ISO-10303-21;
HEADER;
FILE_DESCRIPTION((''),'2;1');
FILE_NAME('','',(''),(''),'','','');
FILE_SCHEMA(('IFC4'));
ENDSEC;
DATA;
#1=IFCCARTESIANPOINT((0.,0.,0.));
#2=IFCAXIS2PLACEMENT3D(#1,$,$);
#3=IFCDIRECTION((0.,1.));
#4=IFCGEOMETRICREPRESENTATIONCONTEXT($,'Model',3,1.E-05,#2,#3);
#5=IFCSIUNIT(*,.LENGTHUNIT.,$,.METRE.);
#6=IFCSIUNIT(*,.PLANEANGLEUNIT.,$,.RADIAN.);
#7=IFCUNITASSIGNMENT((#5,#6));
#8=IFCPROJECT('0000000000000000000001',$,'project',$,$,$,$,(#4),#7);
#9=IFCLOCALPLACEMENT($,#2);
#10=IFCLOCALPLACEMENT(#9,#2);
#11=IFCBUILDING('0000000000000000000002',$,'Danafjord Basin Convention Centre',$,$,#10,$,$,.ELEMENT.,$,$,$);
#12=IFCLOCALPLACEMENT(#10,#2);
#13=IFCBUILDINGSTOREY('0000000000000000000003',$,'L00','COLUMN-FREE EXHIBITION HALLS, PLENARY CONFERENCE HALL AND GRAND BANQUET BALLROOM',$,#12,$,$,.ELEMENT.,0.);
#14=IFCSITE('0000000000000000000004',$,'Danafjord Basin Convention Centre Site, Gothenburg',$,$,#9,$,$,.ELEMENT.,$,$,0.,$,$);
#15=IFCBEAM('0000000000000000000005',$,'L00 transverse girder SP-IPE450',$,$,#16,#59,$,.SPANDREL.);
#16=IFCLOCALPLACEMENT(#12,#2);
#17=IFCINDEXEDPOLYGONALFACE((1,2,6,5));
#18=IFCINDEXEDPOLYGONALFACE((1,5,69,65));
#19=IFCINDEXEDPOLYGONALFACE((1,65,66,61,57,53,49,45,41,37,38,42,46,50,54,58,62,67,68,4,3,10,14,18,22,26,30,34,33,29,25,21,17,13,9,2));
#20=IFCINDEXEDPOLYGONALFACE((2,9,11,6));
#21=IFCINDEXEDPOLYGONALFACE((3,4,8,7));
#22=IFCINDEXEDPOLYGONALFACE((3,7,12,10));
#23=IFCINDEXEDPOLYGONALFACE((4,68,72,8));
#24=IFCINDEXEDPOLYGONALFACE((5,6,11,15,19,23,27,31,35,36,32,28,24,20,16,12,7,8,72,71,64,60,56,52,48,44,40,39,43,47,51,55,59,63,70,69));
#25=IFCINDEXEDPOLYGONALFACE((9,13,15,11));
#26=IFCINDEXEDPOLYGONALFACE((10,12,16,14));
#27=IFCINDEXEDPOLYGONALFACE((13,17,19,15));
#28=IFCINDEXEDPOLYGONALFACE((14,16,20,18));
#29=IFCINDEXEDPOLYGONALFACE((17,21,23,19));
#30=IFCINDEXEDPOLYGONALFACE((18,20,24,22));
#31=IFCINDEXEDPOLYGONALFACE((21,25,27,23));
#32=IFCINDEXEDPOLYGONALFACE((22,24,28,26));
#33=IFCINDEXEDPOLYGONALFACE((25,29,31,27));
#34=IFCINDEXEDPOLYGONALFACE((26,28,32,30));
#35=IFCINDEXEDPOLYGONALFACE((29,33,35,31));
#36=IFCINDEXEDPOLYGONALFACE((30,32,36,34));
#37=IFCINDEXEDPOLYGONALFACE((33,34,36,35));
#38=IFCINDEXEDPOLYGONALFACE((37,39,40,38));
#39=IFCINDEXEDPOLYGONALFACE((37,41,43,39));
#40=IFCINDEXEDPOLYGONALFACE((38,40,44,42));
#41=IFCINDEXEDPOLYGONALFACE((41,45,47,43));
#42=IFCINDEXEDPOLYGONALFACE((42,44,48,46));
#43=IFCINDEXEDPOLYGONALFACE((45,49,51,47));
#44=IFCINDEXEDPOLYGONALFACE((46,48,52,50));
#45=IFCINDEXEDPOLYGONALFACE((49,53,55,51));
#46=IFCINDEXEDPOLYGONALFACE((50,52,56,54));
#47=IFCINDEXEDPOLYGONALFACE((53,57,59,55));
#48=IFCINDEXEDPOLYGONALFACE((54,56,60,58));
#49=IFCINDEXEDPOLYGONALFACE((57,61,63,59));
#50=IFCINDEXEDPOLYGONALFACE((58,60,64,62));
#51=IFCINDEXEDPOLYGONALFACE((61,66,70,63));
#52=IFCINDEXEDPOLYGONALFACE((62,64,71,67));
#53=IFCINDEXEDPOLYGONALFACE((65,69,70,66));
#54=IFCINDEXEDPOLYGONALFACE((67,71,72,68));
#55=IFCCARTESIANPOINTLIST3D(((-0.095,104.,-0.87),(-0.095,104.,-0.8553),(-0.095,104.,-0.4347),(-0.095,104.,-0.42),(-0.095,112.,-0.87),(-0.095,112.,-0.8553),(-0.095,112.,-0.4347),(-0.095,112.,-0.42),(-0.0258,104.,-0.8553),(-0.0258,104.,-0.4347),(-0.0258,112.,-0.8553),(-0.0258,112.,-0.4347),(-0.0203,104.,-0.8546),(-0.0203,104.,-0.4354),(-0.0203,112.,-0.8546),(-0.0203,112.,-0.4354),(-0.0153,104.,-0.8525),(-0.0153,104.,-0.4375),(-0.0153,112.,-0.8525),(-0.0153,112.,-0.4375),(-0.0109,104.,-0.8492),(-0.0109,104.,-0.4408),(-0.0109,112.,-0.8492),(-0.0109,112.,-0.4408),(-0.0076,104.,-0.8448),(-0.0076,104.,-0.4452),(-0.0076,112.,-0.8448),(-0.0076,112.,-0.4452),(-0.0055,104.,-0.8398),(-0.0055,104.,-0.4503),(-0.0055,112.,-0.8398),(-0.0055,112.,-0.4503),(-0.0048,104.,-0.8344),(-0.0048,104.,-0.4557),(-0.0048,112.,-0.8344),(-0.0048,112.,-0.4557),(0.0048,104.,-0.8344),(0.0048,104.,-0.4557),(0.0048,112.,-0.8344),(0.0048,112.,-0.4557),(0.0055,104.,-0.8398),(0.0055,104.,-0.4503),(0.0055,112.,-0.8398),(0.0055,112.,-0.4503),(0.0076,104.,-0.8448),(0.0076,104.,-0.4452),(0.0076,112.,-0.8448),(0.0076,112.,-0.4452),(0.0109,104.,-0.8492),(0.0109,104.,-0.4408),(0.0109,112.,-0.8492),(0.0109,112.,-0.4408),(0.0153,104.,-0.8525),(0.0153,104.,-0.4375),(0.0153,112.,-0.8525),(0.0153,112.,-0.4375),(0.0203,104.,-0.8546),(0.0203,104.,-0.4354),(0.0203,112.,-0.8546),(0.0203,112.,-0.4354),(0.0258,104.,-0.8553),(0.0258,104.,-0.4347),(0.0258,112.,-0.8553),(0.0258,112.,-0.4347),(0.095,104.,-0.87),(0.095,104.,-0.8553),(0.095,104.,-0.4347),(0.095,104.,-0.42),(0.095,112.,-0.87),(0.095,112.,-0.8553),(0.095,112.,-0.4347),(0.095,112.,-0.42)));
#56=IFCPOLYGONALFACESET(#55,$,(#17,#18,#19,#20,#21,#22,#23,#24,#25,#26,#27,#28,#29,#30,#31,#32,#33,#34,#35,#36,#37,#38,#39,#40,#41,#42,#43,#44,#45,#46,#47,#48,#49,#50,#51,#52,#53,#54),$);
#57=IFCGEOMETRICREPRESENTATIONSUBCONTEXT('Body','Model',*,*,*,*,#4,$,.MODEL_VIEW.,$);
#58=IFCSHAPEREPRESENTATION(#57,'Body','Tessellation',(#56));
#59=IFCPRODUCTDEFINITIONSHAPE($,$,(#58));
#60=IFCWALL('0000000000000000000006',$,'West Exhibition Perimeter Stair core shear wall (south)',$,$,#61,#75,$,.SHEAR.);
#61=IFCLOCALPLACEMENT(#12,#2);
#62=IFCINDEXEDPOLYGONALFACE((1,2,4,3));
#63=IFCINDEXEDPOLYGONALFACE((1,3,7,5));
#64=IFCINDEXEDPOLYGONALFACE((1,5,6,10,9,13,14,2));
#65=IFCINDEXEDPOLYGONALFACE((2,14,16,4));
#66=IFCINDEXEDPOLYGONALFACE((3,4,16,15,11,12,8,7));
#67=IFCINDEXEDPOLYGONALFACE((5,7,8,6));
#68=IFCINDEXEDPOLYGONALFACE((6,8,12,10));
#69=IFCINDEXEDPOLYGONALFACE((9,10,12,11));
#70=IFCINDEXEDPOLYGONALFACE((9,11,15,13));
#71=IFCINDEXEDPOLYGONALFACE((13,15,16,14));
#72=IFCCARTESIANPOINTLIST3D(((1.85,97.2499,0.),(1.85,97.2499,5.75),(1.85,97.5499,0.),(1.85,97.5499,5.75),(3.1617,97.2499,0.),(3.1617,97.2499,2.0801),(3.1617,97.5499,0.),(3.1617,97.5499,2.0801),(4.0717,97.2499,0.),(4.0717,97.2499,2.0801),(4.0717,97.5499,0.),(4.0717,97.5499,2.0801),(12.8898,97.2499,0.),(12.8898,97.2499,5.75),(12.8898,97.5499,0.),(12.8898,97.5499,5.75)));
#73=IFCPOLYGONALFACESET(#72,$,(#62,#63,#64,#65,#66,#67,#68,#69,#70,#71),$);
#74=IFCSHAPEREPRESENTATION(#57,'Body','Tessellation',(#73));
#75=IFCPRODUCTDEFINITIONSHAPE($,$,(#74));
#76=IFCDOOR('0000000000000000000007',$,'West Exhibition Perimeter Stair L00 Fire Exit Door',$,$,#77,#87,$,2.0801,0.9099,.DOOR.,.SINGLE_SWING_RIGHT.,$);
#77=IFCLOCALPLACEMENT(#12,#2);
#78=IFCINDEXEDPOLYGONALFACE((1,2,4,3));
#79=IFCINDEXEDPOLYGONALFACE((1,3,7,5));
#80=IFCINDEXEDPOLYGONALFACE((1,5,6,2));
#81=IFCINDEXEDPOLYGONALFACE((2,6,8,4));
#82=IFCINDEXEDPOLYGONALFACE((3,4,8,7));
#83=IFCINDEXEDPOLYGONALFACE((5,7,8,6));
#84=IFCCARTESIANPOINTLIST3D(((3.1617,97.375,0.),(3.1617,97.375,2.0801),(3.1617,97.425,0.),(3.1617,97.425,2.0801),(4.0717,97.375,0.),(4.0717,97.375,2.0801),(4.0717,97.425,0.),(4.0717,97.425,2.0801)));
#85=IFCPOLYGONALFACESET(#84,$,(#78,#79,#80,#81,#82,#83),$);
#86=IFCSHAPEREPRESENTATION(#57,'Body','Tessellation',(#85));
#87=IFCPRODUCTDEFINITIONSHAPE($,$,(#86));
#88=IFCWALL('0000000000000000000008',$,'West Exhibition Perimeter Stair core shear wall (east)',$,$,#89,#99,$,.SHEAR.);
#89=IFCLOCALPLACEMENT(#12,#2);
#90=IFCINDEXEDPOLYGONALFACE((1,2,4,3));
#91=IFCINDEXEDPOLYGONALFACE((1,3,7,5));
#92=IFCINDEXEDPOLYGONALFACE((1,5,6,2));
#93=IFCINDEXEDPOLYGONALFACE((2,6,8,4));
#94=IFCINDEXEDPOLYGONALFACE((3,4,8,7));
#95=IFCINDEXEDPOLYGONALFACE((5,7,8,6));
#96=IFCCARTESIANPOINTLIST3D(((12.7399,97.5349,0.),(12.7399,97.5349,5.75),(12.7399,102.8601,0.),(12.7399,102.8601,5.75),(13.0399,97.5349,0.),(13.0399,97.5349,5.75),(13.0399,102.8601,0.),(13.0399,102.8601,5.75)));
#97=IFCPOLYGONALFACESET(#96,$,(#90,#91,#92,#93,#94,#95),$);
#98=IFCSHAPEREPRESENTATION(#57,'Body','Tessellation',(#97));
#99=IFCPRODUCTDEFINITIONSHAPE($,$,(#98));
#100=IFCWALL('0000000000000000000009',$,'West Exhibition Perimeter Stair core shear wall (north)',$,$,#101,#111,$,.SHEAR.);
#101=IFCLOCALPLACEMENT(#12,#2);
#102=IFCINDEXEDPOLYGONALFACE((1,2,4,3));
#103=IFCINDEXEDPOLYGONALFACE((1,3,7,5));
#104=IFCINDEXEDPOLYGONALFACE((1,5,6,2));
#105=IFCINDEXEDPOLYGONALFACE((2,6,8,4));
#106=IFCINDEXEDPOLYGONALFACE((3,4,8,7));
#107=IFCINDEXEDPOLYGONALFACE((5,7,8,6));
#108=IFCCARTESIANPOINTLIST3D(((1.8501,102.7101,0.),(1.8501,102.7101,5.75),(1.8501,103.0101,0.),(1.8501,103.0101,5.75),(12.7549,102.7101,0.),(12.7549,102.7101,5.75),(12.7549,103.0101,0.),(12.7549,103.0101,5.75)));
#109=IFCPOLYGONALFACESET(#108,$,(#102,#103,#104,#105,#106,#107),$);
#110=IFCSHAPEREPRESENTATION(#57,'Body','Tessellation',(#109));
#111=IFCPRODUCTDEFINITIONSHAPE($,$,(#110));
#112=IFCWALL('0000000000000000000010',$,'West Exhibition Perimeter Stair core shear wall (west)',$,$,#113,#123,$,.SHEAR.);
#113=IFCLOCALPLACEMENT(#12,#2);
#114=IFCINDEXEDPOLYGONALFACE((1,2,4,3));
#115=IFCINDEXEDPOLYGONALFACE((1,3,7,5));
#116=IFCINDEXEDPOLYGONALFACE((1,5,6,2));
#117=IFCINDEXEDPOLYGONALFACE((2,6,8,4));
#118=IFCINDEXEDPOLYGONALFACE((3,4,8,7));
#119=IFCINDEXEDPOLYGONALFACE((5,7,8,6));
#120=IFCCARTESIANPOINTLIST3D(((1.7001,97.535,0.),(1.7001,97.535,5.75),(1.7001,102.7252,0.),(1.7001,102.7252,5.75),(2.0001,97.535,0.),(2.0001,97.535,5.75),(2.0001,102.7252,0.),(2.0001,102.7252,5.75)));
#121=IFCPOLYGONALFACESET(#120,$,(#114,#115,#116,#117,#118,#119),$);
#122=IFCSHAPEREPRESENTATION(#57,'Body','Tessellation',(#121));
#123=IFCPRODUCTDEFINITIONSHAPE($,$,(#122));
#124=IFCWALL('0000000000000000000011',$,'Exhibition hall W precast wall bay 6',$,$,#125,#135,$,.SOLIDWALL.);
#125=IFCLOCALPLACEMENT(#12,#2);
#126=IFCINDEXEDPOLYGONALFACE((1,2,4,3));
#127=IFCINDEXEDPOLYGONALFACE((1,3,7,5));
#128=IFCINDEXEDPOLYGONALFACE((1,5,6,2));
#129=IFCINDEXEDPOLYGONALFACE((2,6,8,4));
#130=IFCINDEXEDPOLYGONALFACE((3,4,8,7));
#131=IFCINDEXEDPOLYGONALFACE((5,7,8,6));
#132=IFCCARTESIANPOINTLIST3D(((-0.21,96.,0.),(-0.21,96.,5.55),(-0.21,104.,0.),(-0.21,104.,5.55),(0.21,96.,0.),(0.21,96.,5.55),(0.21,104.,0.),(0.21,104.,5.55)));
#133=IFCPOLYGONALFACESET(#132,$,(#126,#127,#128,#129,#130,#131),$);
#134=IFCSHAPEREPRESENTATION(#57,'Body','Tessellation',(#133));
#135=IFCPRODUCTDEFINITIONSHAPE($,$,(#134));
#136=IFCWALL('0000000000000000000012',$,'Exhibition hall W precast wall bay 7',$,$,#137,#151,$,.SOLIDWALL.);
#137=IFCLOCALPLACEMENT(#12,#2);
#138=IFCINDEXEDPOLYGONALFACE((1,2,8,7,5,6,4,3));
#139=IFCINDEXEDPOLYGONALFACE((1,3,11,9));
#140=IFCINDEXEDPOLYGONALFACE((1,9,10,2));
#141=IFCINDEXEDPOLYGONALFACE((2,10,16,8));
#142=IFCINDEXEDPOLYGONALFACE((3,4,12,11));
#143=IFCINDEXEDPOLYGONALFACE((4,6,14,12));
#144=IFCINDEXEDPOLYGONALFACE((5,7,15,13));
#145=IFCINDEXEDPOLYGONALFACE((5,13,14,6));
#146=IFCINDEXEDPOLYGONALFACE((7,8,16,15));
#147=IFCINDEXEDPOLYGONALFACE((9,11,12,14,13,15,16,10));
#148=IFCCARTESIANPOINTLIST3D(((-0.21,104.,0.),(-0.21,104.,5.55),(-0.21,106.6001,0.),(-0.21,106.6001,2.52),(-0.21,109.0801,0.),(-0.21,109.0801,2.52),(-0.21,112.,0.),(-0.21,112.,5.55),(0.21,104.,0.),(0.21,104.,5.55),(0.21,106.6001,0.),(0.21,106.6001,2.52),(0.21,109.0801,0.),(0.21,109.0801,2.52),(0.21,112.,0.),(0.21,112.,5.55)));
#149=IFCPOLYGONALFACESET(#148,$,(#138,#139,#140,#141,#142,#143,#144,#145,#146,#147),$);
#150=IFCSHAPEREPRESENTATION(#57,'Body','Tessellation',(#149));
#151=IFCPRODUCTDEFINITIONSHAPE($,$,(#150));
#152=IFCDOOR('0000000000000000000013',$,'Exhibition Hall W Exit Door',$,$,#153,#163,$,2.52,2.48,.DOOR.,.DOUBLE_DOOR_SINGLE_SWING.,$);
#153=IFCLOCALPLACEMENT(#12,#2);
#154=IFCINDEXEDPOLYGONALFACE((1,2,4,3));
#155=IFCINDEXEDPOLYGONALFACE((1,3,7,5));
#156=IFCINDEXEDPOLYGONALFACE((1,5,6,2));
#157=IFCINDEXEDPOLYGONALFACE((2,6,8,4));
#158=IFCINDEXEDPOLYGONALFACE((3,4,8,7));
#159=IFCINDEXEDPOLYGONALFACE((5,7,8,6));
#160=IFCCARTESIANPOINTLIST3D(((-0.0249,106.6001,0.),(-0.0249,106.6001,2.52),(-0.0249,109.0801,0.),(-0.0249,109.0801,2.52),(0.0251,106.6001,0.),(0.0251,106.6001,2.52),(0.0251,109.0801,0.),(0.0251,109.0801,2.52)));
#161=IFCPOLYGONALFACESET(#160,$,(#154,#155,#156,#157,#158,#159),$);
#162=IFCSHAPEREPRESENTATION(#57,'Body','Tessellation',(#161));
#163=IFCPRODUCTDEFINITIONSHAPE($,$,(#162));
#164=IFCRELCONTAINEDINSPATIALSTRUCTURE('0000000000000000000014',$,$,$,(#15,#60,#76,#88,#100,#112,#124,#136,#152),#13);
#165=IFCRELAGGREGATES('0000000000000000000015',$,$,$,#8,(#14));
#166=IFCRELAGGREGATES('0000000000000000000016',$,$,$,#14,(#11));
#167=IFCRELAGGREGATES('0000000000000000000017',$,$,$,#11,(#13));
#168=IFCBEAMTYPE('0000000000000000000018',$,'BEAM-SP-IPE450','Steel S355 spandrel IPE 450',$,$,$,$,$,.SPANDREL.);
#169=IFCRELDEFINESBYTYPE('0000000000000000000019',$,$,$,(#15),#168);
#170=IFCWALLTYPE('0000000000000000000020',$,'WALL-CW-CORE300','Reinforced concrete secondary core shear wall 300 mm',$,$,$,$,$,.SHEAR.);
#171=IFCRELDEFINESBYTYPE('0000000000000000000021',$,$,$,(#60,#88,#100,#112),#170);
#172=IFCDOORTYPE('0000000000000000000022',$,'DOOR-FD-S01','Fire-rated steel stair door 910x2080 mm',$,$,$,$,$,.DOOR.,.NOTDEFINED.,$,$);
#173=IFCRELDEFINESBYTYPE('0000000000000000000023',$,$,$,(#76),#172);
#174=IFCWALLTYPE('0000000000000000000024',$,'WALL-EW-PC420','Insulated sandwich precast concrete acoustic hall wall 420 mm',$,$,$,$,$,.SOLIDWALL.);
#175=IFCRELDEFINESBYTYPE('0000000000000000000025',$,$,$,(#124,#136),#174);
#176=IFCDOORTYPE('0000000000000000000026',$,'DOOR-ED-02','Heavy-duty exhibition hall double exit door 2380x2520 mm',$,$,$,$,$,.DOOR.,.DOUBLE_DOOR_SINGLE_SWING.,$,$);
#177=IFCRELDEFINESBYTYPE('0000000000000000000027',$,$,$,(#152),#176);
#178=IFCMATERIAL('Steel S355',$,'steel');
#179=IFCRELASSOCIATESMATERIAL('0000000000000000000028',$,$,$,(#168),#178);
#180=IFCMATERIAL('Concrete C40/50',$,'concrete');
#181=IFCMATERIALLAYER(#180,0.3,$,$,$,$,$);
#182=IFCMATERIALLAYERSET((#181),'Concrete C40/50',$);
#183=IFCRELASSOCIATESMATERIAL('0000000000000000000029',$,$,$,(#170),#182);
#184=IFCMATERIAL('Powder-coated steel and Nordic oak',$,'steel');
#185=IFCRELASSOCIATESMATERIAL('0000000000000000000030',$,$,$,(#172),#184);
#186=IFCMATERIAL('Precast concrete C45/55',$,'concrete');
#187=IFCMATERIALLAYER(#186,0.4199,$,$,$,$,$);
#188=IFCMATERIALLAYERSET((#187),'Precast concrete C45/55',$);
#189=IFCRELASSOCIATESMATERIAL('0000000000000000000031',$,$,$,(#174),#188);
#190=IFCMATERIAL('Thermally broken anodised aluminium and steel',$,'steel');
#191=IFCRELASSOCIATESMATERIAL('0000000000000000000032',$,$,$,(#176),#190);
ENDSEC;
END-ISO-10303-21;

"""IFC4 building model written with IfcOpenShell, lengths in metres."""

from ifc_helpers import new_model, si_unit, direction, frame, frame_2d, origin, origin_2d, place, context, subcontext, project, spatial, rectangle, i_section, extrude, material, layer, layer_set, material_profile, profile_set, type_object, element, fill, save


model = new_model("IFC4")

# Units and contexts
model_context = context("Model", 3, precision=1e-05, world=origin(), true_north=direction((0.0, 1.0)))
body_context = subcontext(model_context, "Body", "Model", "MODEL_VIEW")
ifc_project = project(units=[si_unit("LENGTHUNIT", "METRE"), si_unit("PLANEANGLEUNIT", "RADIAN")], contexts=[model_context])

# Site, building, storey
site_placement = place(None, origin())
site = spatial("IfcSite", under=ifc_project, at=site_placement, Name="Danafjord Basin Convention Centre Site, Gothenburg", CompositionType="ELEMENT", RefElevation=0.0)
building_placement = place(site_placement, origin())
building = spatial("IfcBuilding", under=site, at=building_placement, Name="Danafjord Basin Convention Centre", CompositionType="ELEMENT")
storey_placement = place(building_placement, origin())
storey = spatial("IfcBuildingStorey", under=building, at=storey_placement, Name="L00", Description="COLUMN-FREE EXHIBITION HALLS, PLENARY CONFERENCE HALL AND GRAND BANQUET BALLROOM", CompositionType="ELEMENT", Elevation=0.0)

# Shared definitions
ifc_material_1 = material(Name="Precast concrete C45/55", Category="concrete")

# Beam
ifc_material_2 = material(Name="Steel S355", Category="steel")
ifc_material_profile_1 = material_profile(ifc_material_2, i_section(OverallWidth=0.1899, OverallDepth=0.45, WebThickness=0.0095, FlangeThickness=0.0146, FilletRadius=0.021, at=origin_2d()), Name="IPE 450")
ifc_profile_set_1 = profile_set([ifc_material_profile_1], Name="Steel S355")
beam_type_1 = type_object("IfcBeamType", Name="BEAM-SP-IPE450", Description="Steel S355 spandrel IPE 450", PredefinedType="SPANDREL", material=ifc_profile_set_1)
beam_1_placement = place(storey_placement, frame((0.0, 104.0, -0.645), z_axis=(0.0, 1.0, 0.0), x_axis=(-1.0, 0.0, 0.0)))
element("IfcBeam", 1, at=beam_1_placement, inside=storey, type_object=beam_type_1, Name="L00 transverse girder SP-IPE450", PredefinedType="SPANDREL", context=body_context, shape_type="SweptSolid", body=[
    extrude(i_section(OverallWidth=0.1899, OverallDepth=0.45, WebThickness=0.0095, FlangeThickness=0.0146, FilletRadius=0.021, at=origin_2d()), origin(), (0.0, 0.0, 1.0), 8.0),
])

# Wall, opening, door
ifc_material_3 = material(Name="Concrete C40/50", Category="concrete")
ifc_layer_1 = layer(ifc_material_3, 0.3)
ifc_layer_set_1 = layer_set([ifc_layer_1], Name="Concrete C40/50")
wall_type_1 = type_object("IfcWallType", Name="WALL-CW-CORE300", Description="Reinforced concrete secondary core shear wall 300 mm", PredefinedType="SHEAR", material=ifc_layer_set_1)
wall_1_placement = place(storey_placement, frame((12.8899, 97.3999, 0.0), z_axis=(0.0, 0.0, 1.0), x_axis=(-1.0, 0.0, 0.0)))
wall_1 = element("IfcWall", 2, at=wall_1_placement, inside=storey, type_object=wall_type_1, Name="West Exhibition Perimeter Stair core shear wall (south)", PredefinedType="SHEAR", context=body_context, shape_type="SweptSolid", body=[
    extrude(rectangle(XDim=11.0398, YDim=0.3, at=frame_2d((5.52, 0.0))), origin(), (0.0, 0.0, 1.0), 5.75),
])
opening_1_placement = place(wall_1_placement, frame((8.8181, 0.0, 0.0)))
opening_1 = element("IfcOpeningElement", 3, at=opening_1_placement, cuts=wall_1, PredefinedType="OPENING", context=body_context, shape_type="SweptSolid", body=[
    extrude(rectangle(XDim=0.9099, YDim=2.0801, at=frame_2d((0.4551, 1.04))), frame((0.0, 0.1599, 0.0), z_axis=(0.0, -1.0, 0.0), x_axis=(1.0, 0.0, 0.0)), (0.0, 0.0, 1.0), 0.3201),
])
ifc_material_4 = material(Name="Powder-coated steel and Nordic oak", Category="steel")
door_type_1 = type_object("IfcDoorType", Name="DOOR-FD-S01", Description="Fire-rated steel stair door 910x2080 mm", OperationType="NOTDEFINED", PredefinedType="DOOR", material=ifc_material_4)
door_1_placement = place(opening_1_placement, origin())
door_1 = element("IfcDoor", 4, at=door_1_placement, inside=storey, type_object=door_type_1, Name="West Exhibition Perimeter Stair L00 Fire Exit Door", OperationType="SINGLE_SWING_RIGHT", OverallHeight=2.0801, OverallWidth=0.9099, PredefinedType="DOOR", context=body_context, shape_type="SweptSolid", body=[
    extrude(rectangle(XDim=0.9099, YDim=2.0801, at=frame_2d((0.4551, 1.04))), frame((0.0, 0.0249, 0.0), z_axis=(0.0, -1.0, 0.0), x_axis=(1.0, 0.0, 0.0)), (0.0, 0.0, 1.0), 0.05),
])
fill(opening_1, door_1)

# Walls
wall_2_placement = place(storey_placement, frame((12.8899, 102.8601, 0.0), z_axis=(0.0, 0.0, 1.0), x_axis=(0.0, -1.0, 0.0)))
element("IfcWall", 5, at=wall_2_placement, inside=storey, type_object=wall_type_1, Name="West Exhibition Perimeter Stair core shear wall (east)", PredefinedType="SHEAR", context=body_context, shape_type="SweptSolid", body=[
    extrude(rectangle(XDim=5.3252, YDim=0.3, at=frame_2d((2.6626, 0.0))), origin(), (0.0, 0.0, 1.0), 5.75),
])
wall_3_placement = place(storey_placement, frame((1.8501, 102.8601, 0.0), z_axis=(0.0, 0.0, 1.0), x_axis=(1.0, 0.0, 0.0)))
element("IfcWall", 6, at=wall_3_placement, inside=storey, type_object=wall_type_1, Name="West Exhibition Perimeter Stair core shear wall (north)", PredefinedType="SHEAR", context=body_context, shape_type="SweptSolid", body=[
    extrude(rectangle(XDim=10.9048, YDim=0.3, at=frame_2d((5.4524, 0.0))), origin(), (0.0, 0.0, 1.0), 5.75),
])
wall_4_placement = place(storey_placement, frame((1.8501, 97.5349, 0.0), z_axis=(0.0, 0.0, 1.0), x_axis=(0.0, 1.0, 0.0)))
element("IfcWall", 7, at=wall_4_placement, inside=storey, type_object=wall_type_1, Name="West Exhibition Perimeter Stair core shear wall (west)", PredefinedType="SHEAR", context=body_context, shape_type="SweptSolid", body=[
    extrude(rectangle(XDim=5.1902, YDim=0.3, at=frame_2d((2.5952, 0.0))), origin(), (0.0, 0.0, 1.0), 5.75),
])
ifc_layer_2 = layer(ifc_material_1, 0.4199)
ifc_layer_set_2 = layer_set([ifc_layer_2], Name="Precast concrete C45/55")
wall_type_2 = type_object("IfcWallType", Name="WALL-EW-PC420", Description="Insulated sandwich precast concrete acoustic hall wall 420 mm", PredefinedType="SOLIDWALL", material=ifc_layer_set_2)
wall_5_placement = place(storey_placement, frame((0.0, 96.0, 0.0), z_axis=(0.0, 0.0, 1.0), x_axis=(0.0, 1.0, 0.0)))
element("IfcWall", 8, at=wall_5_placement, inside=storey, type_object=wall_type_2, Name="Exhibition hall W precast wall bay 6", PredefinedType="SOLIDWALL", context=body_context, shape_type="SweptSolid", body=[
    extrude(rectangle(XDim=8.0, YDim=0.4199, at=frame_2d((4.0, 0.0))), origin(), (0.0, 0.0, 1.0), 5.55),
])

# Wall, opening, door
wall_6_placement = place(storey_placement, frame((0.0, 104.0, 0.0), z_axis=(0.0, 0.0, 1.0), x_axis=(0.0, 1.0, 0.0)))
wall_6 = element("IfcWall", 9, at=wall_6_placement, inside=storey, type_object=wall_type_2, Name="Exhibition hall W precast wall bay 7", PredefinedType="SOLIDWALL", context=body_context, shape_type="SweptSolid", body=[
    extrude(rectangle(XDim=8.0, YDim=0.4199, at=frame_2d((4.0, 0.0))), origin(), (0.0, 0.0, 1.0), 5.55),
])
opening_2_placement = place(wall_6_placement, frame((2.6001, 0.0, 0.0)))
opening_2 = element("IfcOpeningElement", 10, at=opening_2_placement, cuts=wall_6, PredefinedType="OPENING", context=body_context, shape_type="SweptSolid", body=[
    extrude(rectangle(XDim=2.48, YDim=2.52, at=frame_2d((1.24, 1.26))), frame((0.0, 0.22, 0.0), z_axis=(0.0, -1.0, 0.0), x_axis=(1.0, 0.0, 0.0)), (0.0, 0.0, 1.0), 0.4399),
])
ifc_material_5 = material(Name="Thermally broken anodised aluminium and steel", Category="steel")
door_type_2 = type_object("IfcDoorType", Name="DOOR-ED-02", Description="Heavy-duty exhibition hall double exit door 2380x2520 mm", OperationType="DOUBLE_DOOR_SINGLE_SWING", PredefinedType="DOOR", material=ifc_material_5)
door_2_placement = place(opening_2_placement, origin())
door_2 = element("IfcDoor", 11, at=door_2_placement, inside=storey, type_object=door_type_2, Name="Exhibition Hall W Exit Door", OperationType="DOUBLE_DOOR_SINGLE_SWING", OverallHeight=2.52, OverallWidth=2.48, PredefinedType="DOOR", context=body_context, shape_type="SweptSolid", body=[
    extrude(rectangle(XDim=2.48, YDim=2.52, at=frame_2d((1.24, 1.26))), frame((0.0, 0.0249, 0.0), z_axis=(0.0, -1.0, 0.0), x_axis=(1.0, 0.0, 0.0)), (0.0, 0.0, 1.0), 0.05),
])
fill(opening_2, door_2)

save(model, "model.ifc")
